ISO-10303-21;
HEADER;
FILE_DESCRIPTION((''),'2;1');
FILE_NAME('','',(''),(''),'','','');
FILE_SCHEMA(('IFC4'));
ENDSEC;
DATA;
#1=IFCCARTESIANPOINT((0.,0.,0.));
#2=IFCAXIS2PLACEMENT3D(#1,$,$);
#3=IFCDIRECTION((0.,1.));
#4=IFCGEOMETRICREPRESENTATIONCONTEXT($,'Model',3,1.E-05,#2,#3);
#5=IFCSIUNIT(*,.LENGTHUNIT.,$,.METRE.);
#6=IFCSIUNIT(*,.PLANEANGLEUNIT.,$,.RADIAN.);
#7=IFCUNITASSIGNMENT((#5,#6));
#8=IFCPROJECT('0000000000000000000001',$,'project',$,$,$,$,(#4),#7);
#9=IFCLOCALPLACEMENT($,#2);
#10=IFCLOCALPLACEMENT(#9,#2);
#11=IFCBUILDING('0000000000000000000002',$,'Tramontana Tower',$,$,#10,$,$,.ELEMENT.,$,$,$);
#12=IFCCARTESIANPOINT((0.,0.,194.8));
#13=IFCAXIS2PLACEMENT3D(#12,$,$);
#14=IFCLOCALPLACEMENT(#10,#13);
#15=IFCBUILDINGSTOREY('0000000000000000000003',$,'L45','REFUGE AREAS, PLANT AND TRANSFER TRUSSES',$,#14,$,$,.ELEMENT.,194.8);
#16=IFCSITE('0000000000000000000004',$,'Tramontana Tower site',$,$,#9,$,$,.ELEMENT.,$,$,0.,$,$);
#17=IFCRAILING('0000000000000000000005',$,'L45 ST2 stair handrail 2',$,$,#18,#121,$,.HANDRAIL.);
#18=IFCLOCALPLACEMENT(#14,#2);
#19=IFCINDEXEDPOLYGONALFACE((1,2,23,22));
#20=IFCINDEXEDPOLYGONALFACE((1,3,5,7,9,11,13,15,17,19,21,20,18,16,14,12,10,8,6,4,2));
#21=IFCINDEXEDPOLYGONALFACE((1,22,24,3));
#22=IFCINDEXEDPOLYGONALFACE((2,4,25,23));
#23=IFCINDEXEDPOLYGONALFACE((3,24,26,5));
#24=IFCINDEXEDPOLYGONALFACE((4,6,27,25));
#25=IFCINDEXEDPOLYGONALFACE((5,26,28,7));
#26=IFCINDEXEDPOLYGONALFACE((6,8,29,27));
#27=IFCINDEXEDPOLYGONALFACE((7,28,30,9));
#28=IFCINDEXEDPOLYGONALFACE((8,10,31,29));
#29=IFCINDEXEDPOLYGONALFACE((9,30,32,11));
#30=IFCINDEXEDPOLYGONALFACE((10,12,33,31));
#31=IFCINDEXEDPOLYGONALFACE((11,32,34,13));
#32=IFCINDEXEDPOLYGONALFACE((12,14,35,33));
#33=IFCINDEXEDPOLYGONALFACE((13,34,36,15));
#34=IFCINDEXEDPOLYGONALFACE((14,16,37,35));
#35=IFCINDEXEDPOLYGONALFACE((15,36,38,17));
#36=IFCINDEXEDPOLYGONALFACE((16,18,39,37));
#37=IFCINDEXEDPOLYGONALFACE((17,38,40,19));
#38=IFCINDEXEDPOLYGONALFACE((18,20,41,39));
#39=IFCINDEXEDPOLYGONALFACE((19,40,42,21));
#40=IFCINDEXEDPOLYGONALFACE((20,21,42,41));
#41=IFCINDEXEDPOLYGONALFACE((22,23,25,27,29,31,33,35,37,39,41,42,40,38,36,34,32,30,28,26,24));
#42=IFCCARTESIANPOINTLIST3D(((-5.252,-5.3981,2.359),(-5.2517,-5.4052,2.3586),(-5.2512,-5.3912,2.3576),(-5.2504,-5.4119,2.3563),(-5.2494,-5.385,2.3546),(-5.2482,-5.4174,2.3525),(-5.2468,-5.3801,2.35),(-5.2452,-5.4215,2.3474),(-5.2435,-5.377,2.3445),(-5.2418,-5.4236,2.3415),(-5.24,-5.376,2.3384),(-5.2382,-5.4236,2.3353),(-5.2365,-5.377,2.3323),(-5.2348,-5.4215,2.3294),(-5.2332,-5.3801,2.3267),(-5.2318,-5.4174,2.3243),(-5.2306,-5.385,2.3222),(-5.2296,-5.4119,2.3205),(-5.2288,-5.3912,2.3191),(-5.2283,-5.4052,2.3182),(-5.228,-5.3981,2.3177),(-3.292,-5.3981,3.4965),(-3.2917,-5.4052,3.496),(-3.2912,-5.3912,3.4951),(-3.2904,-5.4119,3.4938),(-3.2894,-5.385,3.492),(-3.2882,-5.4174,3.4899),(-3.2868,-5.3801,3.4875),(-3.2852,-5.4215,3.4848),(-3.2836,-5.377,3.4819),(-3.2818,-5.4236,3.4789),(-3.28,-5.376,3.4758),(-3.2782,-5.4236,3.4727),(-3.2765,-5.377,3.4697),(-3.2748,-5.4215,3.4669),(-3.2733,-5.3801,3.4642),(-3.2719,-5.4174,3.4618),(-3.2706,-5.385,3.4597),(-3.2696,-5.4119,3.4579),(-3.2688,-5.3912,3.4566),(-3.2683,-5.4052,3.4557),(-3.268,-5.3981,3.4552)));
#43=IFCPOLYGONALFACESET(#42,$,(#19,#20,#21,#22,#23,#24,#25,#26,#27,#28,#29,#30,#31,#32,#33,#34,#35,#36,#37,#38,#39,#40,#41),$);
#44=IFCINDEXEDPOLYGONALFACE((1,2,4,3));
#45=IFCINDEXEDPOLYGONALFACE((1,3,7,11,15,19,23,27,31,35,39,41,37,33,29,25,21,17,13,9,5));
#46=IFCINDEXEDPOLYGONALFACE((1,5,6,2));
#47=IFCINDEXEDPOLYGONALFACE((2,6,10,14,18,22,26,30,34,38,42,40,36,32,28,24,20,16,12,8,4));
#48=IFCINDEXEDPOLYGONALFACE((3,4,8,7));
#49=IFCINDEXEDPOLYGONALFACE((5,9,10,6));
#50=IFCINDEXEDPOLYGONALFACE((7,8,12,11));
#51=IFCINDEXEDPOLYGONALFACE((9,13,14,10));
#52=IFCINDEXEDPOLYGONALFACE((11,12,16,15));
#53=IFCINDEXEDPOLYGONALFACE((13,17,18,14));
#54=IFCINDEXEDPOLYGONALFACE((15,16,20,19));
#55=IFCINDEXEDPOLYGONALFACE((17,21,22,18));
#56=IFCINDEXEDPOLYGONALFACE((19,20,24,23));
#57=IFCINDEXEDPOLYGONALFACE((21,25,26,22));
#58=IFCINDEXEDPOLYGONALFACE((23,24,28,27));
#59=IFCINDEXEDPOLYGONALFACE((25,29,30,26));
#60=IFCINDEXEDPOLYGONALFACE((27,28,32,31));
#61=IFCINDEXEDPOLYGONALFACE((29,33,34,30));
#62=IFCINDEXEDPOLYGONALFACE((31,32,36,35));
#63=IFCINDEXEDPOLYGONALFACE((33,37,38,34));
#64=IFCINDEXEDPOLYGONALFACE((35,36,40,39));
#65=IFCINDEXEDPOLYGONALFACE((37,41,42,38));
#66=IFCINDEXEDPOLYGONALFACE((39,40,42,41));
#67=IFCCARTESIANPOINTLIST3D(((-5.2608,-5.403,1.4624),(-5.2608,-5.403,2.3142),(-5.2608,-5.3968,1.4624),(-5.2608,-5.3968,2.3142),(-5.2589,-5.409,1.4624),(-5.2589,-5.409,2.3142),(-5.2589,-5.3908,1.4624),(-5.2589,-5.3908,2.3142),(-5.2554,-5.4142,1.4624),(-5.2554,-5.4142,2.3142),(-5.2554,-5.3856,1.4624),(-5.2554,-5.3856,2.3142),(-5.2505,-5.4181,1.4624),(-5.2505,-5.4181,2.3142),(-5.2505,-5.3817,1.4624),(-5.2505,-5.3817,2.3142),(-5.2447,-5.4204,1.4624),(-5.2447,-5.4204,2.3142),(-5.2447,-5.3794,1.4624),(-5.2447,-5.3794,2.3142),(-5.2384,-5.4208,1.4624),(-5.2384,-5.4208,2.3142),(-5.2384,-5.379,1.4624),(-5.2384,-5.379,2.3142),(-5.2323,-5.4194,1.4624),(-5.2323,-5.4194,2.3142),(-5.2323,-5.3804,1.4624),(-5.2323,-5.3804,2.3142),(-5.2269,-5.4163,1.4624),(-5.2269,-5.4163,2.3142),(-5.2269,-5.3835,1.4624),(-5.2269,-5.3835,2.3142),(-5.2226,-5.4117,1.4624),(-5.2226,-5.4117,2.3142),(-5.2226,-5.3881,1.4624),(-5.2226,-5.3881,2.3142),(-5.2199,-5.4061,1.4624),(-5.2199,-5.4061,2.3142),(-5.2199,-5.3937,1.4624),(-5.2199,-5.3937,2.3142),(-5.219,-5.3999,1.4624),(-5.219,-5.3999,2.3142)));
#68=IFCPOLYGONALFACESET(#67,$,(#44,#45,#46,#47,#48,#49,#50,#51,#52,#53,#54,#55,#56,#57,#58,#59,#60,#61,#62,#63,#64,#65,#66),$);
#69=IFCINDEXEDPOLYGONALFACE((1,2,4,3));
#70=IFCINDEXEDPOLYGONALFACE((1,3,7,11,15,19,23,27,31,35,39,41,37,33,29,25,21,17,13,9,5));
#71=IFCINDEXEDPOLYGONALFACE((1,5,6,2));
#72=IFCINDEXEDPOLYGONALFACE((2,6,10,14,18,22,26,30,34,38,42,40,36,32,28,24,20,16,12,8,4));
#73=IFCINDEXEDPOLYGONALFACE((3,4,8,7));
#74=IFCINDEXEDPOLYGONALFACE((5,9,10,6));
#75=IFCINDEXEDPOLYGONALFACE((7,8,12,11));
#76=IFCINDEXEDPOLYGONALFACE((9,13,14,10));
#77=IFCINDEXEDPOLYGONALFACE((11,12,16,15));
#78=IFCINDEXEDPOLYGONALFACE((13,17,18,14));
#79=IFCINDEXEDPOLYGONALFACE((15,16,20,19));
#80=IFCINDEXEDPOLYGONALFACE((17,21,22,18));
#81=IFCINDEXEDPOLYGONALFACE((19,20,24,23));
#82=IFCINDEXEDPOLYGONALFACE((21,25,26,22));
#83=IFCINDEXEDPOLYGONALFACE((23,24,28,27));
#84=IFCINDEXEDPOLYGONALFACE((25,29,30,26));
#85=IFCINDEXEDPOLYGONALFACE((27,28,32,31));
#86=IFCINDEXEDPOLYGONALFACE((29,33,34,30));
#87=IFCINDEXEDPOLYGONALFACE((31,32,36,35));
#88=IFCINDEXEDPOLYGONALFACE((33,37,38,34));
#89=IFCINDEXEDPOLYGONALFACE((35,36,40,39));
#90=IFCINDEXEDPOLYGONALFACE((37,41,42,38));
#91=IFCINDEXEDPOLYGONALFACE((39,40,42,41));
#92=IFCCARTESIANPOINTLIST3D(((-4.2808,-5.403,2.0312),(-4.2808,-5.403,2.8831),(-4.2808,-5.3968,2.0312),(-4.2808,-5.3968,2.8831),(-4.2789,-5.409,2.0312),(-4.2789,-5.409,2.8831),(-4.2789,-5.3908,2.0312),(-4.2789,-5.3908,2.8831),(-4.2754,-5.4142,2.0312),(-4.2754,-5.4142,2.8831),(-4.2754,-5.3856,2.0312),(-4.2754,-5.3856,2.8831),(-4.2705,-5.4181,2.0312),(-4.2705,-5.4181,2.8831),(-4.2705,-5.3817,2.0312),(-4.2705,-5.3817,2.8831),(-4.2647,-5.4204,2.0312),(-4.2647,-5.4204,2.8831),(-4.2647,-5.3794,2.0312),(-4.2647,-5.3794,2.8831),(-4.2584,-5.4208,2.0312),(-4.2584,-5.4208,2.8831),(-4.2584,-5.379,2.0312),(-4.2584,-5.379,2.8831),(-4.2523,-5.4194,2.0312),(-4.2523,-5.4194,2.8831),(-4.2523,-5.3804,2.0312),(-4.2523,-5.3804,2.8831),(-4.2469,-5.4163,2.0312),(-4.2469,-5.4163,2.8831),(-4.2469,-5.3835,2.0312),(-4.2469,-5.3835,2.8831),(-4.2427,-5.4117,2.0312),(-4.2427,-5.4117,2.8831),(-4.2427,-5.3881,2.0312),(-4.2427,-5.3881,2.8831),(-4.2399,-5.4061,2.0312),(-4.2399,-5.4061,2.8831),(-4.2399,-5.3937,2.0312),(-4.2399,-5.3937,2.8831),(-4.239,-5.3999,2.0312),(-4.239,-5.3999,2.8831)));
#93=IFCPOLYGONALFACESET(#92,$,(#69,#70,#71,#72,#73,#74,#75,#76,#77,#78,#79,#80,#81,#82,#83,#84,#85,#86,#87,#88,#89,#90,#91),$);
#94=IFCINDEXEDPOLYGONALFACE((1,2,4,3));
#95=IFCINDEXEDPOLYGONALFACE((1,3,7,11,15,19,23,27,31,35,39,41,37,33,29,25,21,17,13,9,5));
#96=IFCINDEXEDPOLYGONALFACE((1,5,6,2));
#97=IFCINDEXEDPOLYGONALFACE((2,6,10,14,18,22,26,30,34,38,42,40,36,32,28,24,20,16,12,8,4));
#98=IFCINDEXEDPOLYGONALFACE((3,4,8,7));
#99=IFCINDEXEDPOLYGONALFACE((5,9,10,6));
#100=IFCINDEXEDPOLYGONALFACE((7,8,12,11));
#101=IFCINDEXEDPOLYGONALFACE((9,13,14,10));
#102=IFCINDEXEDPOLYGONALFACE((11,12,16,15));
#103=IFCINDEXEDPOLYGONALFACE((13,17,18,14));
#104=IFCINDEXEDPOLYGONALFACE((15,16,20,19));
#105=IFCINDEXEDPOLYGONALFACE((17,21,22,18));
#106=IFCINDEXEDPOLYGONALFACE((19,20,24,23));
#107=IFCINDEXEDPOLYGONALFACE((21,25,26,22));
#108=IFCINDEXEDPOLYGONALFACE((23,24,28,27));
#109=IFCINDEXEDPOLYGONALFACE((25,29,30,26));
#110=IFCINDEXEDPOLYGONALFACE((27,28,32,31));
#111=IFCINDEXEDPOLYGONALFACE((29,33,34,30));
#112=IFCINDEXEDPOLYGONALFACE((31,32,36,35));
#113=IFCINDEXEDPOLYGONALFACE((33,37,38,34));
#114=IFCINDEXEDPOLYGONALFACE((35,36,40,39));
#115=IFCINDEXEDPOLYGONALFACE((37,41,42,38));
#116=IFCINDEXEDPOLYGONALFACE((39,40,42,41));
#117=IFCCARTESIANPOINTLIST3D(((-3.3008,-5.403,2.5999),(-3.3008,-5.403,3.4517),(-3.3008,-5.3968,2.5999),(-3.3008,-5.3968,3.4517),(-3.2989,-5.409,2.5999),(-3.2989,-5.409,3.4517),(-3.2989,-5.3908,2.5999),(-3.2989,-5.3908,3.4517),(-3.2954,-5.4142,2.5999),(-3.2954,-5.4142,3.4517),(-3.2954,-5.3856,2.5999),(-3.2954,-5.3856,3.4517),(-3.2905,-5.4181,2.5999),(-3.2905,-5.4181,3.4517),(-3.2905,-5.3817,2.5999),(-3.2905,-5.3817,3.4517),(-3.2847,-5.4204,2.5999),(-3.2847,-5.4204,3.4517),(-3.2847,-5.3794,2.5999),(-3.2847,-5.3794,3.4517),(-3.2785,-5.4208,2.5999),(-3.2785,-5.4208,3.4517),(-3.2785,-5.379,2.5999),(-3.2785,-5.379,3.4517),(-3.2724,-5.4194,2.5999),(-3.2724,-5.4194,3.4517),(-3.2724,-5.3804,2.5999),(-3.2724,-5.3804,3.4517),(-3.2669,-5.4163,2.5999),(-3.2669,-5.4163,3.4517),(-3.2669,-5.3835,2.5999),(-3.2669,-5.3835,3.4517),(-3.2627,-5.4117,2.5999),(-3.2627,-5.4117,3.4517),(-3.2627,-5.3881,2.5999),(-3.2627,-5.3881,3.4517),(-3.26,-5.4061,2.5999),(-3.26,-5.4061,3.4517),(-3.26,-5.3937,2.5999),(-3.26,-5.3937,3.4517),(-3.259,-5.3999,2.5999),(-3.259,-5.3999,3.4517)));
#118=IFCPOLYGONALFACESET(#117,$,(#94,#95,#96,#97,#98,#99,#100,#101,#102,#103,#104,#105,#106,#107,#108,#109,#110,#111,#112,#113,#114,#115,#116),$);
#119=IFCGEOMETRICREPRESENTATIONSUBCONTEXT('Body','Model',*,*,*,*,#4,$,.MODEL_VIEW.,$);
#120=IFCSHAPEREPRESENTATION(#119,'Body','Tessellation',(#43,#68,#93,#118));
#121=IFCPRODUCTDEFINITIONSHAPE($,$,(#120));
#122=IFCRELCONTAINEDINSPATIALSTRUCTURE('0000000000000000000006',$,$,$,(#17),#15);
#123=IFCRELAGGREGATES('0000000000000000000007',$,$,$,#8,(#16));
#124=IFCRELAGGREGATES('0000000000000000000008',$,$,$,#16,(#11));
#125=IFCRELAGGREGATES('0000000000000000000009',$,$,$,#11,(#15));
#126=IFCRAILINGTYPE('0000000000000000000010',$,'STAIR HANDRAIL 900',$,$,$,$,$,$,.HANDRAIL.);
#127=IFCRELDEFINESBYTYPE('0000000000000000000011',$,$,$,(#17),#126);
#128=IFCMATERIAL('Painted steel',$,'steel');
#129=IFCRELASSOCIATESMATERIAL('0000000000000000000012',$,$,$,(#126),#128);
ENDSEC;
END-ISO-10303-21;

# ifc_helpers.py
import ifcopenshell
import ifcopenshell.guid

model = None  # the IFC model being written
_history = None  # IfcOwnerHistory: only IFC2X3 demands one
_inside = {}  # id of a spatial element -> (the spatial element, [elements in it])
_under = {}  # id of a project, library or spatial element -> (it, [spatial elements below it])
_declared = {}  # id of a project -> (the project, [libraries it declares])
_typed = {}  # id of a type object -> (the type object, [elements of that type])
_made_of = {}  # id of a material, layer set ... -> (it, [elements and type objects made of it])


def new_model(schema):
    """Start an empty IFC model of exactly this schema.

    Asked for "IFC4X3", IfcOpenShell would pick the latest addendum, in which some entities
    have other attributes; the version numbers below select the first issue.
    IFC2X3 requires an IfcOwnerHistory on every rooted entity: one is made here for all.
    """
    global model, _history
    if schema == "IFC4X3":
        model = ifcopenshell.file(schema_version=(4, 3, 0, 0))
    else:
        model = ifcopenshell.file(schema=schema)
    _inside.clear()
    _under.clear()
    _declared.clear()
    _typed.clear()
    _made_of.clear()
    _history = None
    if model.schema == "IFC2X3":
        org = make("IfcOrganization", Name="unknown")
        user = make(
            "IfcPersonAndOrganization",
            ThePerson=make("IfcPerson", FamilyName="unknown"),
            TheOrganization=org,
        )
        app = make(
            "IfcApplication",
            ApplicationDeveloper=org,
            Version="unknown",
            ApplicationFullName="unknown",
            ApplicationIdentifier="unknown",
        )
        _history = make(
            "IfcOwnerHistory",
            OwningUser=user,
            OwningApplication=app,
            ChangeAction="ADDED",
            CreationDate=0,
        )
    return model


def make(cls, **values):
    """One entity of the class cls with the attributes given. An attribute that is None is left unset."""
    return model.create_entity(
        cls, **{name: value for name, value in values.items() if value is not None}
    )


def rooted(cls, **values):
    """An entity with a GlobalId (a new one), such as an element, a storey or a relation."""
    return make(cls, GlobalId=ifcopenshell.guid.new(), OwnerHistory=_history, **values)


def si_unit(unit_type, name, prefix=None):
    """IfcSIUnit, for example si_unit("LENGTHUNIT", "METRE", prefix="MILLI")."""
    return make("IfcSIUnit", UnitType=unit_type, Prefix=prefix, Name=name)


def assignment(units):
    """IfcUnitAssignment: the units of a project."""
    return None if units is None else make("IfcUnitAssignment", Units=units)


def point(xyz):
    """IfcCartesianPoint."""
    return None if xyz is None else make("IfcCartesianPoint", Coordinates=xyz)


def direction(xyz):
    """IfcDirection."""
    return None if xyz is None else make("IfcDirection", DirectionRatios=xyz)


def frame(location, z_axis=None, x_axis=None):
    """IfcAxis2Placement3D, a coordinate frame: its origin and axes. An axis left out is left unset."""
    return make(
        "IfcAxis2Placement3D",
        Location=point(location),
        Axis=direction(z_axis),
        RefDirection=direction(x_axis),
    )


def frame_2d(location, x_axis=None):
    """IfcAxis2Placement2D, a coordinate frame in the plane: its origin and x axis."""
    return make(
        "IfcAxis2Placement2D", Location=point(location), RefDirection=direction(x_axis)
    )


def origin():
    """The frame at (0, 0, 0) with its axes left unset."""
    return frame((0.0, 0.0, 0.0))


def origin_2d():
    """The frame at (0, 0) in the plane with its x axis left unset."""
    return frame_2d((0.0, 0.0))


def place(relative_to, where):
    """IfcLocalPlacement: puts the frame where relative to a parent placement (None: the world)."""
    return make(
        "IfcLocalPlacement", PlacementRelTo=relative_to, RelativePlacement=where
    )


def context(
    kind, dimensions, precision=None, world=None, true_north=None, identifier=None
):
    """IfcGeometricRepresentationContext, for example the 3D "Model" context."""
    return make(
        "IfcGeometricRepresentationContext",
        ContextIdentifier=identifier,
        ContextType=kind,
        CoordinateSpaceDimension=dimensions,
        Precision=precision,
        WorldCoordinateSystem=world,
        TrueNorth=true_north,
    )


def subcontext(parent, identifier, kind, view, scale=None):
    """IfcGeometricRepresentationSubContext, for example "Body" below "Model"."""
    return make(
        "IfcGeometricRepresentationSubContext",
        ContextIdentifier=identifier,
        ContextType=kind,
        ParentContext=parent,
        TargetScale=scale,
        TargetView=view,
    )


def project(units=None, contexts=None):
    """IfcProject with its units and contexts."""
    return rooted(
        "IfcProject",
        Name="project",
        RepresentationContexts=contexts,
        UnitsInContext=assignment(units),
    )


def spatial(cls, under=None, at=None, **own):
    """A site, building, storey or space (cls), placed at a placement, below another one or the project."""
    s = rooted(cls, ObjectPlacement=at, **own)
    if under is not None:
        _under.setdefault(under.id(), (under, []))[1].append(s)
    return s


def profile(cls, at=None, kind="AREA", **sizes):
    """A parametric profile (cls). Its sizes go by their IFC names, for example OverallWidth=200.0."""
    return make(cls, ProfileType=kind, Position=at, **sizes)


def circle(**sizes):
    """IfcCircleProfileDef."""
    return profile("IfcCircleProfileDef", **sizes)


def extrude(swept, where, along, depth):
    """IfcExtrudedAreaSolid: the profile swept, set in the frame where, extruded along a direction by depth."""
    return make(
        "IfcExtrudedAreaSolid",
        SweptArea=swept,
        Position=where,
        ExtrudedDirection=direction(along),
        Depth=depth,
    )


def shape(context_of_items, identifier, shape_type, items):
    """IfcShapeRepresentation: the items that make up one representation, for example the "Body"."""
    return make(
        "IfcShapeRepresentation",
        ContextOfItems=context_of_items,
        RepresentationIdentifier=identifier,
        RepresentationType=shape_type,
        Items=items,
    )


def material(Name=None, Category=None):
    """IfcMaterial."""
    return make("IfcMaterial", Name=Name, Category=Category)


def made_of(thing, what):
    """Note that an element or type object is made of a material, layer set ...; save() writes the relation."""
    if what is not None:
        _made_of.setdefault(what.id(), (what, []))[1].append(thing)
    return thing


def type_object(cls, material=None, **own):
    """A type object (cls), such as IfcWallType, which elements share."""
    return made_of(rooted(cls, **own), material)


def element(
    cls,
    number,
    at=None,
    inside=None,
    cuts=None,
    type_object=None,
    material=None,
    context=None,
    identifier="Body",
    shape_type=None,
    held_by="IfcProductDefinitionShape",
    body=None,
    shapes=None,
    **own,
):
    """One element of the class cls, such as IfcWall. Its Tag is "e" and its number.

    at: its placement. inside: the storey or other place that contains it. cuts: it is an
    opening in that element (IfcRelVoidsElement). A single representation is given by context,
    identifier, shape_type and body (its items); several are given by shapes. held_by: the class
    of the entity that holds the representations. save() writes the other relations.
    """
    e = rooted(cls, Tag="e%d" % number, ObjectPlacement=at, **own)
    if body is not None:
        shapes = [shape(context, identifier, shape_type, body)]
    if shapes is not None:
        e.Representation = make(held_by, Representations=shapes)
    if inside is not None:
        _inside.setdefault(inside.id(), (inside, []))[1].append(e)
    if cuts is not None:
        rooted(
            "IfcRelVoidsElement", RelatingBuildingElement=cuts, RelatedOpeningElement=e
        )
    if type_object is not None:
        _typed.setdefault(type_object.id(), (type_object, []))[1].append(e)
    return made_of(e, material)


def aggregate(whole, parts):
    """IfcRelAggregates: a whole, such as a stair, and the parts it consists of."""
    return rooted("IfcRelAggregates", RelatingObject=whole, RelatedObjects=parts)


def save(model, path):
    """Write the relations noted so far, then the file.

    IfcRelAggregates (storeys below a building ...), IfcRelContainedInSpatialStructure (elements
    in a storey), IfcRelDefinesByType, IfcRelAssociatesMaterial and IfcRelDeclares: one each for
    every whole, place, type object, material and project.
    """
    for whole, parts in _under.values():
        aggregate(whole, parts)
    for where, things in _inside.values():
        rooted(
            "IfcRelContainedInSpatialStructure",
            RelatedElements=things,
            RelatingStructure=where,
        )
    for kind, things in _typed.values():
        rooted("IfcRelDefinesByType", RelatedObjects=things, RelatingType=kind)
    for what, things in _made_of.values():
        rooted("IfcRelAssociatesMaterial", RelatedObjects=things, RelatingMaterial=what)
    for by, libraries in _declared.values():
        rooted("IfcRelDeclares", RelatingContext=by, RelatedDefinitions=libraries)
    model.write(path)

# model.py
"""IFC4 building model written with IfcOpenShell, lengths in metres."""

from ifc_helpers import new_model, si_unit, direction, frame, origin, origin_2d, place, context, subcontext, project, spatial, circle, extrude, material, type_object, element, save


model = new_model("IFC4")

# Units and contexts
model_context = context("Model", 3, precision=1e-05, world=origin(), true_north=direction((0.0, 1.0)))
body_context = subcontext(model_context, "Body", "Model", "MODEL_VIEW")
ifc_project = project(units=[si_unit("LENGTHUNIT", "METRE"), si_unit("PLANEANGLEUNIT", "RADIAN")], contexts=[model_context])

# Site, building, storey
site_placement = place(None, origin())
site = spatial("IfcSite", under=ifc_project, at=site_placement, Name="Tramontana Tower site", CompositionType="ELEMENT", RefElevation=0.0)
building_placement = place(site_placement, origin())
building = spatial("IfcBuilding", under=site, at=building_placement, Name="Tramontana Tower", CompositionType="ELEMENT")
storey_placement = place(building_placement, frame((0.0, 0.0, 194.8)))
storey = spatial("IfcBuildingStorey", under=building, at=storey_placement, Name="L45", Description="REFUGE AREAS, PLANT AND TRANSFER TRUSSES", CompositionType="ELEMENT", Elevation=194.8)

# Railing
ifc_material_1 = material(Name="Painted steel", Category="steel")
railing_type_1 = type_object("IfcRailingType", Name="STAIR HANDRAIL 900", PredefinedType="HANDRAIL", material=ifc_material_1)
railing_1_placement = place(storey_placement, frame((-5.24, -5.3999, 1.4624)))
element("IfcRailing", 1, at=railing_1_placement, inside=storey, type_object=railing_type_1, Name="L45 ST2 stair handrail 2", PredefinedType="HANDRAIL", context=body_context, shape_type="SweptSolid", body=[
    extrude(circle(Radius=0.0239, at=origin_2d()), frame((0.0, 0.0, 0.876), z_axis=(0.864902, 0.0, 0.501941), x_axis=(0.0, 1.0, 0.0)), (0.0, 0.0, 1.0), 2.2661),
    extrude(circle(Radius=0.021, at=origin_2d()), origin(), (0.0, 0.0, 1.0), 0.8518),
    extrude(circle(Radius=0.021, at=origin_2d()), frame((0.98, 0.0, 0.5688)), (0.0, 0.0, 1.0), 0.8518),
    extrude(circle(Radius=0.021, at=origin_2d()), frame((1.96, 0.0, 1.1375)), (0.0, 0.0, 1.0), 0.8518),
])

save(model, "model.ifc")
